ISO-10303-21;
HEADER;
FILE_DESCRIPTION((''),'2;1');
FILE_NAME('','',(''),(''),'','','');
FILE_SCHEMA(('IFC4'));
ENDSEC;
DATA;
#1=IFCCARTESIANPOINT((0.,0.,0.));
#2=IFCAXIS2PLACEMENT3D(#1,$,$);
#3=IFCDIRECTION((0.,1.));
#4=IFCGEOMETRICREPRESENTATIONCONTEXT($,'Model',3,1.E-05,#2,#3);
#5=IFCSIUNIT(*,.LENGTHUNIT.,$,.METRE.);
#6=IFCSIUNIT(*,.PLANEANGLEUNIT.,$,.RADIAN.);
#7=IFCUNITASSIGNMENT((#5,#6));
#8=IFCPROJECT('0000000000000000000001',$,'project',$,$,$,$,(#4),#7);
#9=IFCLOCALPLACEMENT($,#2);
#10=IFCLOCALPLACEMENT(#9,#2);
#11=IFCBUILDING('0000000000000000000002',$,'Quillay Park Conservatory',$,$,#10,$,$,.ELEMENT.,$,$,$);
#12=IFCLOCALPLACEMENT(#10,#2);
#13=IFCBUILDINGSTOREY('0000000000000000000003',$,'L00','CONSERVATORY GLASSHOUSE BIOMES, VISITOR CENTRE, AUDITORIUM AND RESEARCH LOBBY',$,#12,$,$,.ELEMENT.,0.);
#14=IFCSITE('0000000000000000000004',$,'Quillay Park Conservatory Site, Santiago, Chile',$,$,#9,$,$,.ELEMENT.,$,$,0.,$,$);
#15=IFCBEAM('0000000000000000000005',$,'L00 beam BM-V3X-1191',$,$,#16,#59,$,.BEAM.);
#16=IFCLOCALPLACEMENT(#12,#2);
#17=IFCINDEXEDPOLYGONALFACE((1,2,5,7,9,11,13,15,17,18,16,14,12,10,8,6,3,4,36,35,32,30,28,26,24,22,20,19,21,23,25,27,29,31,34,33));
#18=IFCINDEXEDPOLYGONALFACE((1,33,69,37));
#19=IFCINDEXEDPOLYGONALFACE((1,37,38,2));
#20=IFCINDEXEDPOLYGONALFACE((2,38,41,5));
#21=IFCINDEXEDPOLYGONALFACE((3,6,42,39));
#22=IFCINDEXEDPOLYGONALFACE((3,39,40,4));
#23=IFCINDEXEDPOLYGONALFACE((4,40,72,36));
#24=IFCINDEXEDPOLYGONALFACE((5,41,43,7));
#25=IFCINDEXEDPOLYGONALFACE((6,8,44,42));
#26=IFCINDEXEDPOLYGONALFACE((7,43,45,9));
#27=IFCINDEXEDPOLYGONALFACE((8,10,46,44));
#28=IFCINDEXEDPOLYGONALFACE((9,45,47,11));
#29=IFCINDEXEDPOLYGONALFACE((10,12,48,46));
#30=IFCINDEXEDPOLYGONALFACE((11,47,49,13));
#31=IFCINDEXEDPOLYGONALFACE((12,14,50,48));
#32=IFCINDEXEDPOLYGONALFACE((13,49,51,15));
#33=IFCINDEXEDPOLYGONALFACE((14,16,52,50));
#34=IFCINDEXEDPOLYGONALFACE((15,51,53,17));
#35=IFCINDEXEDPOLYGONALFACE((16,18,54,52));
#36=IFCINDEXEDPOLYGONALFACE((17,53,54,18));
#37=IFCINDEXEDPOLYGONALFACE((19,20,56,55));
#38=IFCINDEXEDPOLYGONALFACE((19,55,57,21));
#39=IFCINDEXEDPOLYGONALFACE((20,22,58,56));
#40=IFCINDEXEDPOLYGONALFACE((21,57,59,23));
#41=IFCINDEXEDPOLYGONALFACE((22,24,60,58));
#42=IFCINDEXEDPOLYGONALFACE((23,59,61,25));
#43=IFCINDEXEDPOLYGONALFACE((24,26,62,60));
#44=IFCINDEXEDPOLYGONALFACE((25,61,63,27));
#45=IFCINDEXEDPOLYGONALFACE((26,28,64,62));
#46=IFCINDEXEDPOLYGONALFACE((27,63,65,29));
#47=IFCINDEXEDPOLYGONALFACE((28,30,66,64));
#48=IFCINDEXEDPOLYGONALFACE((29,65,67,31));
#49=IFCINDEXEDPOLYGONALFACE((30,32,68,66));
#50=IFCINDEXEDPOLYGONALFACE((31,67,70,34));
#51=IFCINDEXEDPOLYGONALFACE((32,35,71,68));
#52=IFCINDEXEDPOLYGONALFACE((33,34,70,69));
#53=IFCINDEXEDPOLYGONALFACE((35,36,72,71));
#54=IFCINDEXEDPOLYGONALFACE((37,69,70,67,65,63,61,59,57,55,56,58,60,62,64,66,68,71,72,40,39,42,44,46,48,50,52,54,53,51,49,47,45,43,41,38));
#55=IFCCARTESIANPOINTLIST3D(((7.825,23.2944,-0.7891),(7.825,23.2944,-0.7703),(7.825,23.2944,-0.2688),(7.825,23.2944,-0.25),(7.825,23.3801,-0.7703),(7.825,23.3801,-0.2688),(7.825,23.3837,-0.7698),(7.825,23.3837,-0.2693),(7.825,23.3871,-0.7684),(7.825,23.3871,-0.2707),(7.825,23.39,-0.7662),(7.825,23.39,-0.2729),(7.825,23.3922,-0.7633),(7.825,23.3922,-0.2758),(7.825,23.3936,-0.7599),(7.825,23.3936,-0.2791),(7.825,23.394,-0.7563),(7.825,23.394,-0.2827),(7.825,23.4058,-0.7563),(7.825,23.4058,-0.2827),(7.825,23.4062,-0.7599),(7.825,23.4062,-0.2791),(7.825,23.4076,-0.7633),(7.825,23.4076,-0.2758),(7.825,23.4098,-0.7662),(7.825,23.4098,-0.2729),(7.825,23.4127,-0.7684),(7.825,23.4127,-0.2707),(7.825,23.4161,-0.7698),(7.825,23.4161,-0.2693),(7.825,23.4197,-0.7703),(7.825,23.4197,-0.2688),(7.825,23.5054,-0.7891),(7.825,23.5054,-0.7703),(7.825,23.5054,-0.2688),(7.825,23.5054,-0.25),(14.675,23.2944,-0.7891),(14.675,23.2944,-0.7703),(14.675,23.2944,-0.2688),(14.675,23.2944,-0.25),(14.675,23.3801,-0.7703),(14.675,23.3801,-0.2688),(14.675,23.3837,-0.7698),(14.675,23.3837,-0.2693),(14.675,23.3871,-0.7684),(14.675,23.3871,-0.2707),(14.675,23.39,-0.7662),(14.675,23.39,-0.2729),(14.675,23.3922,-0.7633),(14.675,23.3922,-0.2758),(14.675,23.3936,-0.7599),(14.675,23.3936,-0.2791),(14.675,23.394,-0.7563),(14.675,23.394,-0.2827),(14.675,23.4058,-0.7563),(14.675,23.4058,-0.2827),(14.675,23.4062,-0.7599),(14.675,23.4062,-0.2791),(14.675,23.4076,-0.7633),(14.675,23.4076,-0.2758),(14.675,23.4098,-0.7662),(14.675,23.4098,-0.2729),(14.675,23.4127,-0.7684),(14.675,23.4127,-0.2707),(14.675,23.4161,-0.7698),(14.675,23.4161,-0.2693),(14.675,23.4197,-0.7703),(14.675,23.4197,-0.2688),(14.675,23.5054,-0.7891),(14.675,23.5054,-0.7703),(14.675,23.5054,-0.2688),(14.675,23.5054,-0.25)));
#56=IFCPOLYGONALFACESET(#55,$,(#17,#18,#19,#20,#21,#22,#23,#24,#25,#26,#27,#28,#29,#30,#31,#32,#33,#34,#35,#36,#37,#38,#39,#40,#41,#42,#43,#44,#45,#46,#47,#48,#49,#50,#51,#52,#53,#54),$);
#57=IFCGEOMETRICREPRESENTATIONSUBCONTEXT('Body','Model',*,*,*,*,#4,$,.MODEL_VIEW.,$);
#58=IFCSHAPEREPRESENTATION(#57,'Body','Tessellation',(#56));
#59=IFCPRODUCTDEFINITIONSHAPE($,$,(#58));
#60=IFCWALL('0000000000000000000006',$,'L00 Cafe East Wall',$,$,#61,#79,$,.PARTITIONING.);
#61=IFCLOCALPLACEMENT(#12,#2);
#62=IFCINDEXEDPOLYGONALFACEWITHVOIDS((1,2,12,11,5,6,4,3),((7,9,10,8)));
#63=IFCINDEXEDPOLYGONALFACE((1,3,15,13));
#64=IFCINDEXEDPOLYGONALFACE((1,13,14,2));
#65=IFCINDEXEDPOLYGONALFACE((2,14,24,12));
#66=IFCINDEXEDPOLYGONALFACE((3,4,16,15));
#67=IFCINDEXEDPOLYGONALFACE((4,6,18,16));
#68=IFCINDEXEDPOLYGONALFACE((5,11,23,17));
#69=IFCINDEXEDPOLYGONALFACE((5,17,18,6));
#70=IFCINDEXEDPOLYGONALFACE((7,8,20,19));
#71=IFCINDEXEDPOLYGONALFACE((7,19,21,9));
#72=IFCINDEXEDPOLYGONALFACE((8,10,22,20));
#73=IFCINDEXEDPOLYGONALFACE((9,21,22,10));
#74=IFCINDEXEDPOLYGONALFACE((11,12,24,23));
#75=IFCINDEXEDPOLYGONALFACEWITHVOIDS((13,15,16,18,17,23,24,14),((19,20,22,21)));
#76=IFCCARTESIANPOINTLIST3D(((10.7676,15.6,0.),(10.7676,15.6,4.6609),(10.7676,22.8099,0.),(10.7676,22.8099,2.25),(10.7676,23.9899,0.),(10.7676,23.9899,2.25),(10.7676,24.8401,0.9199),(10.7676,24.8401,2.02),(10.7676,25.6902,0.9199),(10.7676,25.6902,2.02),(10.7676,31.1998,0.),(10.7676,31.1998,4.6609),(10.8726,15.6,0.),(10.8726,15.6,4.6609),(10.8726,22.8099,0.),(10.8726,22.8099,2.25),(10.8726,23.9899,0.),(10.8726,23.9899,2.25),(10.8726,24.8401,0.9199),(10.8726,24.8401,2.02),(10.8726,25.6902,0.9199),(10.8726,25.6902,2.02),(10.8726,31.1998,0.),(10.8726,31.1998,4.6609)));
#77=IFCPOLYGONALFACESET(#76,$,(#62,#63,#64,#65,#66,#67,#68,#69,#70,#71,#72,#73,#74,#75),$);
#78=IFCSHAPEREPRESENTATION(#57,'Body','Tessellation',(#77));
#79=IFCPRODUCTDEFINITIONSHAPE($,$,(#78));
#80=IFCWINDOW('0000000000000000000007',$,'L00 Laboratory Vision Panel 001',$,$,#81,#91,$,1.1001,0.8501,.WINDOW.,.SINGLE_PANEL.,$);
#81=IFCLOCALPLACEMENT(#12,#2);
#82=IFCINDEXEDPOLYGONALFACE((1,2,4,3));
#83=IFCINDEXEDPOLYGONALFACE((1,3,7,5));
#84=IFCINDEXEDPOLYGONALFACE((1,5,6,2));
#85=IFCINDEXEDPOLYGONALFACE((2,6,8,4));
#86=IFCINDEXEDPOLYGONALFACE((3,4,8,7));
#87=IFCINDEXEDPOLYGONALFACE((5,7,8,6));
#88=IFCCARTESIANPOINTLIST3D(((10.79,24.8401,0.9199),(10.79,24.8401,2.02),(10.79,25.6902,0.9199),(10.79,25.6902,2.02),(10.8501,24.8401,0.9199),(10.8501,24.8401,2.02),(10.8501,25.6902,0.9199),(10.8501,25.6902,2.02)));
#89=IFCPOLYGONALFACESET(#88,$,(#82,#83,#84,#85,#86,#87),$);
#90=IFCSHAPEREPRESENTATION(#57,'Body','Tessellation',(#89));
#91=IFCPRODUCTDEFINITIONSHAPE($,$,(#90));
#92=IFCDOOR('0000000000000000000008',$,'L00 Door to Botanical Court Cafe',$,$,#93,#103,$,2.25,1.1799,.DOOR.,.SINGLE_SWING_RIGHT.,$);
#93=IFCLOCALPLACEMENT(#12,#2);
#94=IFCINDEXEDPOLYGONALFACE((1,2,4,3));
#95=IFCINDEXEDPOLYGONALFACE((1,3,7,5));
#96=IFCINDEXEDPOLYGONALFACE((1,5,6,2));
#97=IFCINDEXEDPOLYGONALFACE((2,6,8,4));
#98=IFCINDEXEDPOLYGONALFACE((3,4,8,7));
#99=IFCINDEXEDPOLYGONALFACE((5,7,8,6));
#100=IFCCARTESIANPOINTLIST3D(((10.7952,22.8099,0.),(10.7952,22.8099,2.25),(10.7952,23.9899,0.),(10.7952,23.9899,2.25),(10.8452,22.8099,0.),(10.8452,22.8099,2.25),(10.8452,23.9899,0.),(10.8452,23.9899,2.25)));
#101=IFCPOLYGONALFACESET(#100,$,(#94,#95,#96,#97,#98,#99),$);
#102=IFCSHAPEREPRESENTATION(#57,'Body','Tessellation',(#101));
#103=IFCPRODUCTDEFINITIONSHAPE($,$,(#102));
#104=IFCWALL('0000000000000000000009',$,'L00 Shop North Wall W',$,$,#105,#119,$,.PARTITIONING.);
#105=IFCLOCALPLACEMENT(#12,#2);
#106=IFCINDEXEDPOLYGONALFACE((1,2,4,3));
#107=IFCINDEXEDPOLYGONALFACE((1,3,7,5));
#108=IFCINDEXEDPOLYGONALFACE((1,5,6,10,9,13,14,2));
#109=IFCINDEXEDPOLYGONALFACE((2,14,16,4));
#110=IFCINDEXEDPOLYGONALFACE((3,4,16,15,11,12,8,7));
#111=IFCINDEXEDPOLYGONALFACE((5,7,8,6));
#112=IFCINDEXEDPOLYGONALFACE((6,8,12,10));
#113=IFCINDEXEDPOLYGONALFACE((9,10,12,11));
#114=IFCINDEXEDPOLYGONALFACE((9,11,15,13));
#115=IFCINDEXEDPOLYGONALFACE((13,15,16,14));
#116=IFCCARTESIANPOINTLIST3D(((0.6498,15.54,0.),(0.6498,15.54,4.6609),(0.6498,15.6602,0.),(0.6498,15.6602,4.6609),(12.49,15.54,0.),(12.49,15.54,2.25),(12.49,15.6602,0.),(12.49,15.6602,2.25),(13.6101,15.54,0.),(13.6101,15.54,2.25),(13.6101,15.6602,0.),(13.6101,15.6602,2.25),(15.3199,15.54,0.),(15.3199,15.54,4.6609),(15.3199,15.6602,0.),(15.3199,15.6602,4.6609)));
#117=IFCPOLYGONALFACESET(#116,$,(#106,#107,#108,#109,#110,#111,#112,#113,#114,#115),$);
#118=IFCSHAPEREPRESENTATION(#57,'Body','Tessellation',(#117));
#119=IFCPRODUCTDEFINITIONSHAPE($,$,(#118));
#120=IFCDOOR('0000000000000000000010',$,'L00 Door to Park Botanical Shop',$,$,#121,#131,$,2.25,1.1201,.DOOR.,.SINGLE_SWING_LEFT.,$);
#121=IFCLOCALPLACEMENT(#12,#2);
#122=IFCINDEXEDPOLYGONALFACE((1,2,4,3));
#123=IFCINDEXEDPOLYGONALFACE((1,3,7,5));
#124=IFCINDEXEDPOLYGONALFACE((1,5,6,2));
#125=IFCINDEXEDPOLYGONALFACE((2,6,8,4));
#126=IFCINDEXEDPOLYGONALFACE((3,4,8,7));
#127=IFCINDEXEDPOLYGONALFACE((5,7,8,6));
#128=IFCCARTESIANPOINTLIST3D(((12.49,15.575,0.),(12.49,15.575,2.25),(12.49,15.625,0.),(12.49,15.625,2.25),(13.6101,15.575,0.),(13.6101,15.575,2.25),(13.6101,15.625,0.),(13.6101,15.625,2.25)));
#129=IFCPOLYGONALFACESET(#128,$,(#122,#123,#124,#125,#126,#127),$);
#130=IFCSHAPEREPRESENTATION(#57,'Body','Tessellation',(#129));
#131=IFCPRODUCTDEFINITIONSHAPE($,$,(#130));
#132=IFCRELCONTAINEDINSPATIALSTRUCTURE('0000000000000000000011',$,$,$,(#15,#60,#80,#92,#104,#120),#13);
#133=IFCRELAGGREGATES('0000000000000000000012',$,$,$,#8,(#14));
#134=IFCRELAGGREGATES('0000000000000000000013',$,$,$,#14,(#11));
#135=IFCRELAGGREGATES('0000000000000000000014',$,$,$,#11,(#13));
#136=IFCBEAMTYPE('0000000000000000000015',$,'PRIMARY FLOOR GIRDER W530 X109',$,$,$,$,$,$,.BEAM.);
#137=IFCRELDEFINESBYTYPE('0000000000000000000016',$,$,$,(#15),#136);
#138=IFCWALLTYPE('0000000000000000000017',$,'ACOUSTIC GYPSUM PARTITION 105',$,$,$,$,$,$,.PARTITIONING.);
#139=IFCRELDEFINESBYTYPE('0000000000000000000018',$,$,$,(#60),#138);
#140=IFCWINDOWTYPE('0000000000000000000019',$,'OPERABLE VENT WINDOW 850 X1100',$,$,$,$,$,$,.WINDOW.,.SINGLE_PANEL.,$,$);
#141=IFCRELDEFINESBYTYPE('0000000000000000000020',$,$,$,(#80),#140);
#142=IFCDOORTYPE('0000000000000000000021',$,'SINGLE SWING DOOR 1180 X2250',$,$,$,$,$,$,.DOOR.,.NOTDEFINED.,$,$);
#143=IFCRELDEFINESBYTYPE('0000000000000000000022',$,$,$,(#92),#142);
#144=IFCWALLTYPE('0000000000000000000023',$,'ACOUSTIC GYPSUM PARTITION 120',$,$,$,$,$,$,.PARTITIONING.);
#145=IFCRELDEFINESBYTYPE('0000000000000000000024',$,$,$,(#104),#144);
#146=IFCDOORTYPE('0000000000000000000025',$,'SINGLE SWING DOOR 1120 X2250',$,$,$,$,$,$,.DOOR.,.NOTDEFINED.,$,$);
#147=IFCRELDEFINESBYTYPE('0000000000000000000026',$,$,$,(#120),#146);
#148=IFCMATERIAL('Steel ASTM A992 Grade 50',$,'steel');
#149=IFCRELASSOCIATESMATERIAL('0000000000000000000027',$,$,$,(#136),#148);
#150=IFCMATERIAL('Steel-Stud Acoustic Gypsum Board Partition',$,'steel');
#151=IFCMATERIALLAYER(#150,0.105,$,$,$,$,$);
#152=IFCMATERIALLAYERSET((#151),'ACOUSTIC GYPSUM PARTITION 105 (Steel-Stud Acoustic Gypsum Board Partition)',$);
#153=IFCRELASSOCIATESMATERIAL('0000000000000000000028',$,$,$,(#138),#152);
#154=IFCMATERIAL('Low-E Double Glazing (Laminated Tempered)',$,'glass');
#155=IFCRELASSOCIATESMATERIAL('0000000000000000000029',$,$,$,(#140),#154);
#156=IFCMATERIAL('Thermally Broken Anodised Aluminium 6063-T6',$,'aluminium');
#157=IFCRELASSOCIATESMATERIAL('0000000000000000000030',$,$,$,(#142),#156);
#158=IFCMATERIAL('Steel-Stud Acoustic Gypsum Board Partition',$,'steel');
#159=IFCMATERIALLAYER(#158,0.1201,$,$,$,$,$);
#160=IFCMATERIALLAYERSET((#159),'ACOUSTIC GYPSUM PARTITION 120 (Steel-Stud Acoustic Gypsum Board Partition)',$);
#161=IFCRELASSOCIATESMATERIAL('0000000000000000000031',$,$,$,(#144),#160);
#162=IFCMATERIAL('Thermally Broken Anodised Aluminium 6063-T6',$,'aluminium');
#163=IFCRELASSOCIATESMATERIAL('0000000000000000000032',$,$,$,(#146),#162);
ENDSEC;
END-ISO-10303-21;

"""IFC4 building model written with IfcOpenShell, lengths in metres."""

from ifc_helpers import new_model, si_unit, direction, frame, frame_2d, origin, origin_2d, place, context, subcontext, project, spatial, rectangle, i_section, extrude, material, layer, layer_set, material_profile, profile_set, type_object, element, fill, save


model = new_model("IFC4")

# Units and contexts
model_context = context("Model", 3, precision=1e-05, world=origin(), true_north=direction((0.0, 1.0)))
body_context = subcontext(model_context, "Body", "Model", "MODEL_VIEW")
ifc_project = project(units=[si_unit("LENGTHUNIT", "METRE"), si_unit("PLANEANGLEUNIT", "RADIAN")], contexts=[model_context])

# Site, building, storey
site_placement = place(None, origin())
site = spatial("IfcSite", under=ifc_project, at=site_placement, Name="Quillay Park Conservatory Site, Santiago, Chile", CompositionType="ELEMENT", RefElevation=0.0)
building_placement = place(site_placement, origin())
building = spatial("IfcBuilding", under=site, at=building_placement, Name="Quillay Park Conservatory", CompositionType="ELEMENT")
storey_placement = place(building_placement, origin())
storey = spatial("IfcBuildingStorey", under=building, at=storey_placement, Name="L00", Description="CONSERVATORY GLASSHOUSE BIOMES, VISITOR CENTRE, AUDITORIUM AND RESEARCH LOBBY", CompositionType="ELEMENT", Elevation=0.0)

# Beam
ifc_material_1 = material(Name="Steel ASTM A992 Grade 50", Category="steel")
ifc_material_profile_1 = material_profile(ifc_material_1, i_section(OverallWidth=0.2109, OverallDepth=0.5391, WebThickness=0.0117, FlangeThickness=0.0188, FilletRadius=0.0139, at=origin_2d()), Name="W530x109")
ifc_profile_set_1 = profile_set([ifc_material_profile_1], Name="Steel ASTM A992 Grade 50")
beam_type_1 = type_object("IfcBeamType", Name="PRIMARY FLOOR GIRDER W530 X109", PredefinedType="BEAM", material=ifc_profile_set_1)
beam_1_placement = place(storey_placement, frame((7.825, 23.3999, -0.5195), z_axis=(1.0, 0.0, 0.0), x_axis=(0.0, 1.0, 0.0)))
element("IfcBeam", 1, at=beam_1_placement, inside=storey, type_object=beam_type_1, Name="L00 beam BM-V3X-1191", PredefinedType="BEAM", context=body_context, shape_type="SweptSolid", body=[
    extrude(i_section(OverallWidth=0.2109, OverallDepth=0.5391, WebThickness=0.0117, FlangeThickness=0.0188, FilletRadius=0.0139, at=origin_2d()), origin(), (0.0, 0.0, 1.0), 6.8501),
])

# Wall, openings, window, door
ifc_material_2 = material(Name="Steel-Stud Acoustic Gypsum Board Partition", Category="steel")
ifc_layer_1 = layer(ifc_material_2, 0.105)
ifc_layer_set_1 = layer_set([ifc_layer_1], Name="ACOUSTIC GYPSUM PARTITION 105 (Steel-Stud Acoustic Gypsum Board Partition)")
wall_type_1 = type_object("IfcWallType", Name="ACOUSTIC GYPSUM PARTITION 105", PredefinedType="PARTITIONING", material=ifc_layer_set_1)
wall_1_placement = place(storey_placement, frame((10.8201, 15.6001, 0.0), z_axis=(0.0, 0.0, 1.0), x_axis=(0.0, 1.0, 0.0)))
wall_1 = element("IfcWall", 2, at=wall_1_placement, inside=storey, type_object=wall_type_1, Name="L00 Cafe East Wall", PredefinedType="PARTITIONING", context=body_context, shape_type="SweptSolid", body=[
    extrude(rectangle(XDim=15.5999, YDim=0.105, at=frame_2d((7.7998, 0.0))), origin(), (0.0, 0.0, 1.0), 4.6609),
])
opening_1_placement = place(wall_1_placement, frame((7.21, 0.0, 0.0)))
opening_1 = element("IfcOpeningElement", 3, at=opening_1_placement, cuts=wall_1, PredefinedType="OPENING", context=body_context, shape_type="SweptSolid", body=[
    extrude(rectangle(XDim=1.1799, YDim=2.25, at=frame_2d((0.5898, 1.125))), frame((0.0, 0.0525, 0.0), z_axis=(0.0, -1.0, 0.0), x_axis=(1.0, 0.0, 0.0)), (0.0, 0.0, 1.0), 0.105),
])
opening_2_placement = place(wall_1_placement, frame((9.24, 0.0, 0.9199)))
opening_2 = element("IfcOpeningElement", 4, at=opening_2_placement, cuts=wall_1, PredefinedType="OPENING", context=body_context, shape_type="SweptSolid", body=[
    extrude(rectangle(XDim=0.8501, YDim=1.1001, at=frame_2d((0.425, 0.55))), frame((0.0, 0.0525, 0.0), z_axis=(0.0, -1.0, 0.0), x_axis=(1.0, 0.0, 0.0)), (0.0, 0.0, 1.0), 0.105),
])
ifc_material_3 = material(Name="Low-E Double Glazing (Laminated Tempered)", Category="glass")
window_type_1 = type_object("IfcWindowType", Name="OPERABLE VENT WINDOW 850 X1100", PartitioningType="SINGLE_PANEL", PredefinedType="WINDOW", material=ifc_material_3)
window_1_placement = place(opening_2_placement, origin())
window_1 = element("IfcWindow", 5, at=window_1_placement, inside=storey, type_object=window_type_1, Name="L00 Laboratory Vision Panel 001", OverallHeight=1.1001, OverallWidth=0.8501, PartitioningType="SINGLE_PANEL", PredefinedType="WINDOW", context=body_context, shape_type="SweptSolid", body=[
    extrude(rectangle(XDim=0.8501, YDim=1.1001, at=frame_2d((0.425, 0.55))), frame((0.0, 0.03, 0.0), z_axis=(0.0, -1.0, 0.0), x_axis=(1.0, 0.0, 0.0)), (0.0, 0.0, 1.0), 0.0601),
])
fill(opening_2, window_1)
ifc_material_4 = material(Name="Thermally Broken Anodised Aluminium 6063-T6", Category="aluminium")
door_type_1 = type_object("IfcDoorType", Name="SINGLE SWING DOOR 1180 X2250", OperationType="NOTDEFINED", PredefinedType="DOOR", material=ifc_material_4)
door_1_placement = place(opening_1_placement, origin())
door_1 = element("IfcDoor", 6, at=door_1_placement, inside=storey, type_object=door_type_1, Name="L00 Door to Botanical Court Cafe", OperationType="SINGLE_SWING_RIGHT", OverallHeight=2.25, OverallWidth=1.1799, PredefinedType="DOOR", context=body_context, shape_type="SweptSolid", body=[
    extrude(rectangle(XDim=1.1799, YDim=2.25, at=frame_2d((0.5898, 1.125))), frame((0.0, 0.0249, 0.0), z_axis=(0.0, -1.0, 0.0), x_axis=(1.0, 0.0, 0.0)), (0.0, 0.0, 1.0), 0.05),
])
fill(opening_1, door_1)

# Wall, opening, door
ifc_material_5 = material(Name="Steel-Stud Acoustic Gypsum Board Partition", Category="steel")
ifc_layer_2 = layer(ifc_material_5, 0.1201)
ifc_layer_set_2 = layer_set([ifc_layer_2], Name="ACOUSTIC GYPSUM PARTITION 120 (Steel-Stud Acoustic Gypsum Board Partition)")
wall_type_2 = type_object("IfcWallType", Name="ACOUSTIC GYPSUM PARTITION 120", PredefinedType="PARTITIONING", material=ifc_layer_set_2)
wall_2_placement = place(storey_placement, frame((0.6499, 15.6001, 0.0), z_axis=(0.0, 0.0, 1.0), x_axis=(1.0, 0.0, 0.0)))
wall_2 = element("IfcWall", 7, at=wall_2_placement, inside=storey, type_object=wall_type_2, Name="L00 Shop North Wall W", PredefinedType="PARTITIONING", context=body_context, shape_type="SweptSolid", body=[
    extrude(rectangle(XDim=14.6702, YDim=0.1201, at=frame_2d((7.335, 0.0))), origin(), (0.0, 0.0, 1.0), 4.6609),
])
opening_3_placement = place(wall_2_placement, frame((11.8401, 0.0, 0.0)))
opening_3 = element("IfcOpeningElement", 8, at=opening_3_placement, cuts=wall_2, PredefinedType="OPENING", context=body_context, shape_type="SweptSolid", body=[
    extrude(rectangle(XDim=1.1201, YDim=2.25, at=frame_2d((0.5601, 1.125))), frame((0.0, 0.0601, 0.0), z_axis=(0.0, -1.0, 0.0), x_axis=(1.0, 0.0, 0.0)), (0.0, 0.0, 1.0), 0.1201),
])
ifc_material_6 = material(Name="Thermally Broken Anodised Aluminium 6063-T6", Category="aluminium")
door_type_2 = type_object("IfcDoorType", Name="SINGLE SWING DOOR 1120 X2250", OperationType="NOTDEFINED", PredefinedType="DOOR", material=ifc_material_6)
door_2_placement = place(opening_3_placement, origin())
door_2 = element("IfcDoor", 9, at=door_2_placement, inside=storey, type_object=door_type_2, Name="L00 Door to Park Botanical Shop", OperationType="SINGLE_SWING_LEFT", OverallHeight=2.25, OverallWidth=1.1201, PredefinedType="DOOR", context=body_context, shape_type="SweptSolid", body=[
    extrude(rectangle(XDim=1.1201, YDim=2.25, at=frame_2d((0.5601, 1.125))), frame((0.0, 0.0249, 0.0), z_axis=(0.0, -1.0, 0.0), x_axis=(1.0, 0.0, 0.0)), (0.0, 0.0, 1.0), 0.05),
])
fill(opening_3, door_2)

save(model, "model.ifc")
